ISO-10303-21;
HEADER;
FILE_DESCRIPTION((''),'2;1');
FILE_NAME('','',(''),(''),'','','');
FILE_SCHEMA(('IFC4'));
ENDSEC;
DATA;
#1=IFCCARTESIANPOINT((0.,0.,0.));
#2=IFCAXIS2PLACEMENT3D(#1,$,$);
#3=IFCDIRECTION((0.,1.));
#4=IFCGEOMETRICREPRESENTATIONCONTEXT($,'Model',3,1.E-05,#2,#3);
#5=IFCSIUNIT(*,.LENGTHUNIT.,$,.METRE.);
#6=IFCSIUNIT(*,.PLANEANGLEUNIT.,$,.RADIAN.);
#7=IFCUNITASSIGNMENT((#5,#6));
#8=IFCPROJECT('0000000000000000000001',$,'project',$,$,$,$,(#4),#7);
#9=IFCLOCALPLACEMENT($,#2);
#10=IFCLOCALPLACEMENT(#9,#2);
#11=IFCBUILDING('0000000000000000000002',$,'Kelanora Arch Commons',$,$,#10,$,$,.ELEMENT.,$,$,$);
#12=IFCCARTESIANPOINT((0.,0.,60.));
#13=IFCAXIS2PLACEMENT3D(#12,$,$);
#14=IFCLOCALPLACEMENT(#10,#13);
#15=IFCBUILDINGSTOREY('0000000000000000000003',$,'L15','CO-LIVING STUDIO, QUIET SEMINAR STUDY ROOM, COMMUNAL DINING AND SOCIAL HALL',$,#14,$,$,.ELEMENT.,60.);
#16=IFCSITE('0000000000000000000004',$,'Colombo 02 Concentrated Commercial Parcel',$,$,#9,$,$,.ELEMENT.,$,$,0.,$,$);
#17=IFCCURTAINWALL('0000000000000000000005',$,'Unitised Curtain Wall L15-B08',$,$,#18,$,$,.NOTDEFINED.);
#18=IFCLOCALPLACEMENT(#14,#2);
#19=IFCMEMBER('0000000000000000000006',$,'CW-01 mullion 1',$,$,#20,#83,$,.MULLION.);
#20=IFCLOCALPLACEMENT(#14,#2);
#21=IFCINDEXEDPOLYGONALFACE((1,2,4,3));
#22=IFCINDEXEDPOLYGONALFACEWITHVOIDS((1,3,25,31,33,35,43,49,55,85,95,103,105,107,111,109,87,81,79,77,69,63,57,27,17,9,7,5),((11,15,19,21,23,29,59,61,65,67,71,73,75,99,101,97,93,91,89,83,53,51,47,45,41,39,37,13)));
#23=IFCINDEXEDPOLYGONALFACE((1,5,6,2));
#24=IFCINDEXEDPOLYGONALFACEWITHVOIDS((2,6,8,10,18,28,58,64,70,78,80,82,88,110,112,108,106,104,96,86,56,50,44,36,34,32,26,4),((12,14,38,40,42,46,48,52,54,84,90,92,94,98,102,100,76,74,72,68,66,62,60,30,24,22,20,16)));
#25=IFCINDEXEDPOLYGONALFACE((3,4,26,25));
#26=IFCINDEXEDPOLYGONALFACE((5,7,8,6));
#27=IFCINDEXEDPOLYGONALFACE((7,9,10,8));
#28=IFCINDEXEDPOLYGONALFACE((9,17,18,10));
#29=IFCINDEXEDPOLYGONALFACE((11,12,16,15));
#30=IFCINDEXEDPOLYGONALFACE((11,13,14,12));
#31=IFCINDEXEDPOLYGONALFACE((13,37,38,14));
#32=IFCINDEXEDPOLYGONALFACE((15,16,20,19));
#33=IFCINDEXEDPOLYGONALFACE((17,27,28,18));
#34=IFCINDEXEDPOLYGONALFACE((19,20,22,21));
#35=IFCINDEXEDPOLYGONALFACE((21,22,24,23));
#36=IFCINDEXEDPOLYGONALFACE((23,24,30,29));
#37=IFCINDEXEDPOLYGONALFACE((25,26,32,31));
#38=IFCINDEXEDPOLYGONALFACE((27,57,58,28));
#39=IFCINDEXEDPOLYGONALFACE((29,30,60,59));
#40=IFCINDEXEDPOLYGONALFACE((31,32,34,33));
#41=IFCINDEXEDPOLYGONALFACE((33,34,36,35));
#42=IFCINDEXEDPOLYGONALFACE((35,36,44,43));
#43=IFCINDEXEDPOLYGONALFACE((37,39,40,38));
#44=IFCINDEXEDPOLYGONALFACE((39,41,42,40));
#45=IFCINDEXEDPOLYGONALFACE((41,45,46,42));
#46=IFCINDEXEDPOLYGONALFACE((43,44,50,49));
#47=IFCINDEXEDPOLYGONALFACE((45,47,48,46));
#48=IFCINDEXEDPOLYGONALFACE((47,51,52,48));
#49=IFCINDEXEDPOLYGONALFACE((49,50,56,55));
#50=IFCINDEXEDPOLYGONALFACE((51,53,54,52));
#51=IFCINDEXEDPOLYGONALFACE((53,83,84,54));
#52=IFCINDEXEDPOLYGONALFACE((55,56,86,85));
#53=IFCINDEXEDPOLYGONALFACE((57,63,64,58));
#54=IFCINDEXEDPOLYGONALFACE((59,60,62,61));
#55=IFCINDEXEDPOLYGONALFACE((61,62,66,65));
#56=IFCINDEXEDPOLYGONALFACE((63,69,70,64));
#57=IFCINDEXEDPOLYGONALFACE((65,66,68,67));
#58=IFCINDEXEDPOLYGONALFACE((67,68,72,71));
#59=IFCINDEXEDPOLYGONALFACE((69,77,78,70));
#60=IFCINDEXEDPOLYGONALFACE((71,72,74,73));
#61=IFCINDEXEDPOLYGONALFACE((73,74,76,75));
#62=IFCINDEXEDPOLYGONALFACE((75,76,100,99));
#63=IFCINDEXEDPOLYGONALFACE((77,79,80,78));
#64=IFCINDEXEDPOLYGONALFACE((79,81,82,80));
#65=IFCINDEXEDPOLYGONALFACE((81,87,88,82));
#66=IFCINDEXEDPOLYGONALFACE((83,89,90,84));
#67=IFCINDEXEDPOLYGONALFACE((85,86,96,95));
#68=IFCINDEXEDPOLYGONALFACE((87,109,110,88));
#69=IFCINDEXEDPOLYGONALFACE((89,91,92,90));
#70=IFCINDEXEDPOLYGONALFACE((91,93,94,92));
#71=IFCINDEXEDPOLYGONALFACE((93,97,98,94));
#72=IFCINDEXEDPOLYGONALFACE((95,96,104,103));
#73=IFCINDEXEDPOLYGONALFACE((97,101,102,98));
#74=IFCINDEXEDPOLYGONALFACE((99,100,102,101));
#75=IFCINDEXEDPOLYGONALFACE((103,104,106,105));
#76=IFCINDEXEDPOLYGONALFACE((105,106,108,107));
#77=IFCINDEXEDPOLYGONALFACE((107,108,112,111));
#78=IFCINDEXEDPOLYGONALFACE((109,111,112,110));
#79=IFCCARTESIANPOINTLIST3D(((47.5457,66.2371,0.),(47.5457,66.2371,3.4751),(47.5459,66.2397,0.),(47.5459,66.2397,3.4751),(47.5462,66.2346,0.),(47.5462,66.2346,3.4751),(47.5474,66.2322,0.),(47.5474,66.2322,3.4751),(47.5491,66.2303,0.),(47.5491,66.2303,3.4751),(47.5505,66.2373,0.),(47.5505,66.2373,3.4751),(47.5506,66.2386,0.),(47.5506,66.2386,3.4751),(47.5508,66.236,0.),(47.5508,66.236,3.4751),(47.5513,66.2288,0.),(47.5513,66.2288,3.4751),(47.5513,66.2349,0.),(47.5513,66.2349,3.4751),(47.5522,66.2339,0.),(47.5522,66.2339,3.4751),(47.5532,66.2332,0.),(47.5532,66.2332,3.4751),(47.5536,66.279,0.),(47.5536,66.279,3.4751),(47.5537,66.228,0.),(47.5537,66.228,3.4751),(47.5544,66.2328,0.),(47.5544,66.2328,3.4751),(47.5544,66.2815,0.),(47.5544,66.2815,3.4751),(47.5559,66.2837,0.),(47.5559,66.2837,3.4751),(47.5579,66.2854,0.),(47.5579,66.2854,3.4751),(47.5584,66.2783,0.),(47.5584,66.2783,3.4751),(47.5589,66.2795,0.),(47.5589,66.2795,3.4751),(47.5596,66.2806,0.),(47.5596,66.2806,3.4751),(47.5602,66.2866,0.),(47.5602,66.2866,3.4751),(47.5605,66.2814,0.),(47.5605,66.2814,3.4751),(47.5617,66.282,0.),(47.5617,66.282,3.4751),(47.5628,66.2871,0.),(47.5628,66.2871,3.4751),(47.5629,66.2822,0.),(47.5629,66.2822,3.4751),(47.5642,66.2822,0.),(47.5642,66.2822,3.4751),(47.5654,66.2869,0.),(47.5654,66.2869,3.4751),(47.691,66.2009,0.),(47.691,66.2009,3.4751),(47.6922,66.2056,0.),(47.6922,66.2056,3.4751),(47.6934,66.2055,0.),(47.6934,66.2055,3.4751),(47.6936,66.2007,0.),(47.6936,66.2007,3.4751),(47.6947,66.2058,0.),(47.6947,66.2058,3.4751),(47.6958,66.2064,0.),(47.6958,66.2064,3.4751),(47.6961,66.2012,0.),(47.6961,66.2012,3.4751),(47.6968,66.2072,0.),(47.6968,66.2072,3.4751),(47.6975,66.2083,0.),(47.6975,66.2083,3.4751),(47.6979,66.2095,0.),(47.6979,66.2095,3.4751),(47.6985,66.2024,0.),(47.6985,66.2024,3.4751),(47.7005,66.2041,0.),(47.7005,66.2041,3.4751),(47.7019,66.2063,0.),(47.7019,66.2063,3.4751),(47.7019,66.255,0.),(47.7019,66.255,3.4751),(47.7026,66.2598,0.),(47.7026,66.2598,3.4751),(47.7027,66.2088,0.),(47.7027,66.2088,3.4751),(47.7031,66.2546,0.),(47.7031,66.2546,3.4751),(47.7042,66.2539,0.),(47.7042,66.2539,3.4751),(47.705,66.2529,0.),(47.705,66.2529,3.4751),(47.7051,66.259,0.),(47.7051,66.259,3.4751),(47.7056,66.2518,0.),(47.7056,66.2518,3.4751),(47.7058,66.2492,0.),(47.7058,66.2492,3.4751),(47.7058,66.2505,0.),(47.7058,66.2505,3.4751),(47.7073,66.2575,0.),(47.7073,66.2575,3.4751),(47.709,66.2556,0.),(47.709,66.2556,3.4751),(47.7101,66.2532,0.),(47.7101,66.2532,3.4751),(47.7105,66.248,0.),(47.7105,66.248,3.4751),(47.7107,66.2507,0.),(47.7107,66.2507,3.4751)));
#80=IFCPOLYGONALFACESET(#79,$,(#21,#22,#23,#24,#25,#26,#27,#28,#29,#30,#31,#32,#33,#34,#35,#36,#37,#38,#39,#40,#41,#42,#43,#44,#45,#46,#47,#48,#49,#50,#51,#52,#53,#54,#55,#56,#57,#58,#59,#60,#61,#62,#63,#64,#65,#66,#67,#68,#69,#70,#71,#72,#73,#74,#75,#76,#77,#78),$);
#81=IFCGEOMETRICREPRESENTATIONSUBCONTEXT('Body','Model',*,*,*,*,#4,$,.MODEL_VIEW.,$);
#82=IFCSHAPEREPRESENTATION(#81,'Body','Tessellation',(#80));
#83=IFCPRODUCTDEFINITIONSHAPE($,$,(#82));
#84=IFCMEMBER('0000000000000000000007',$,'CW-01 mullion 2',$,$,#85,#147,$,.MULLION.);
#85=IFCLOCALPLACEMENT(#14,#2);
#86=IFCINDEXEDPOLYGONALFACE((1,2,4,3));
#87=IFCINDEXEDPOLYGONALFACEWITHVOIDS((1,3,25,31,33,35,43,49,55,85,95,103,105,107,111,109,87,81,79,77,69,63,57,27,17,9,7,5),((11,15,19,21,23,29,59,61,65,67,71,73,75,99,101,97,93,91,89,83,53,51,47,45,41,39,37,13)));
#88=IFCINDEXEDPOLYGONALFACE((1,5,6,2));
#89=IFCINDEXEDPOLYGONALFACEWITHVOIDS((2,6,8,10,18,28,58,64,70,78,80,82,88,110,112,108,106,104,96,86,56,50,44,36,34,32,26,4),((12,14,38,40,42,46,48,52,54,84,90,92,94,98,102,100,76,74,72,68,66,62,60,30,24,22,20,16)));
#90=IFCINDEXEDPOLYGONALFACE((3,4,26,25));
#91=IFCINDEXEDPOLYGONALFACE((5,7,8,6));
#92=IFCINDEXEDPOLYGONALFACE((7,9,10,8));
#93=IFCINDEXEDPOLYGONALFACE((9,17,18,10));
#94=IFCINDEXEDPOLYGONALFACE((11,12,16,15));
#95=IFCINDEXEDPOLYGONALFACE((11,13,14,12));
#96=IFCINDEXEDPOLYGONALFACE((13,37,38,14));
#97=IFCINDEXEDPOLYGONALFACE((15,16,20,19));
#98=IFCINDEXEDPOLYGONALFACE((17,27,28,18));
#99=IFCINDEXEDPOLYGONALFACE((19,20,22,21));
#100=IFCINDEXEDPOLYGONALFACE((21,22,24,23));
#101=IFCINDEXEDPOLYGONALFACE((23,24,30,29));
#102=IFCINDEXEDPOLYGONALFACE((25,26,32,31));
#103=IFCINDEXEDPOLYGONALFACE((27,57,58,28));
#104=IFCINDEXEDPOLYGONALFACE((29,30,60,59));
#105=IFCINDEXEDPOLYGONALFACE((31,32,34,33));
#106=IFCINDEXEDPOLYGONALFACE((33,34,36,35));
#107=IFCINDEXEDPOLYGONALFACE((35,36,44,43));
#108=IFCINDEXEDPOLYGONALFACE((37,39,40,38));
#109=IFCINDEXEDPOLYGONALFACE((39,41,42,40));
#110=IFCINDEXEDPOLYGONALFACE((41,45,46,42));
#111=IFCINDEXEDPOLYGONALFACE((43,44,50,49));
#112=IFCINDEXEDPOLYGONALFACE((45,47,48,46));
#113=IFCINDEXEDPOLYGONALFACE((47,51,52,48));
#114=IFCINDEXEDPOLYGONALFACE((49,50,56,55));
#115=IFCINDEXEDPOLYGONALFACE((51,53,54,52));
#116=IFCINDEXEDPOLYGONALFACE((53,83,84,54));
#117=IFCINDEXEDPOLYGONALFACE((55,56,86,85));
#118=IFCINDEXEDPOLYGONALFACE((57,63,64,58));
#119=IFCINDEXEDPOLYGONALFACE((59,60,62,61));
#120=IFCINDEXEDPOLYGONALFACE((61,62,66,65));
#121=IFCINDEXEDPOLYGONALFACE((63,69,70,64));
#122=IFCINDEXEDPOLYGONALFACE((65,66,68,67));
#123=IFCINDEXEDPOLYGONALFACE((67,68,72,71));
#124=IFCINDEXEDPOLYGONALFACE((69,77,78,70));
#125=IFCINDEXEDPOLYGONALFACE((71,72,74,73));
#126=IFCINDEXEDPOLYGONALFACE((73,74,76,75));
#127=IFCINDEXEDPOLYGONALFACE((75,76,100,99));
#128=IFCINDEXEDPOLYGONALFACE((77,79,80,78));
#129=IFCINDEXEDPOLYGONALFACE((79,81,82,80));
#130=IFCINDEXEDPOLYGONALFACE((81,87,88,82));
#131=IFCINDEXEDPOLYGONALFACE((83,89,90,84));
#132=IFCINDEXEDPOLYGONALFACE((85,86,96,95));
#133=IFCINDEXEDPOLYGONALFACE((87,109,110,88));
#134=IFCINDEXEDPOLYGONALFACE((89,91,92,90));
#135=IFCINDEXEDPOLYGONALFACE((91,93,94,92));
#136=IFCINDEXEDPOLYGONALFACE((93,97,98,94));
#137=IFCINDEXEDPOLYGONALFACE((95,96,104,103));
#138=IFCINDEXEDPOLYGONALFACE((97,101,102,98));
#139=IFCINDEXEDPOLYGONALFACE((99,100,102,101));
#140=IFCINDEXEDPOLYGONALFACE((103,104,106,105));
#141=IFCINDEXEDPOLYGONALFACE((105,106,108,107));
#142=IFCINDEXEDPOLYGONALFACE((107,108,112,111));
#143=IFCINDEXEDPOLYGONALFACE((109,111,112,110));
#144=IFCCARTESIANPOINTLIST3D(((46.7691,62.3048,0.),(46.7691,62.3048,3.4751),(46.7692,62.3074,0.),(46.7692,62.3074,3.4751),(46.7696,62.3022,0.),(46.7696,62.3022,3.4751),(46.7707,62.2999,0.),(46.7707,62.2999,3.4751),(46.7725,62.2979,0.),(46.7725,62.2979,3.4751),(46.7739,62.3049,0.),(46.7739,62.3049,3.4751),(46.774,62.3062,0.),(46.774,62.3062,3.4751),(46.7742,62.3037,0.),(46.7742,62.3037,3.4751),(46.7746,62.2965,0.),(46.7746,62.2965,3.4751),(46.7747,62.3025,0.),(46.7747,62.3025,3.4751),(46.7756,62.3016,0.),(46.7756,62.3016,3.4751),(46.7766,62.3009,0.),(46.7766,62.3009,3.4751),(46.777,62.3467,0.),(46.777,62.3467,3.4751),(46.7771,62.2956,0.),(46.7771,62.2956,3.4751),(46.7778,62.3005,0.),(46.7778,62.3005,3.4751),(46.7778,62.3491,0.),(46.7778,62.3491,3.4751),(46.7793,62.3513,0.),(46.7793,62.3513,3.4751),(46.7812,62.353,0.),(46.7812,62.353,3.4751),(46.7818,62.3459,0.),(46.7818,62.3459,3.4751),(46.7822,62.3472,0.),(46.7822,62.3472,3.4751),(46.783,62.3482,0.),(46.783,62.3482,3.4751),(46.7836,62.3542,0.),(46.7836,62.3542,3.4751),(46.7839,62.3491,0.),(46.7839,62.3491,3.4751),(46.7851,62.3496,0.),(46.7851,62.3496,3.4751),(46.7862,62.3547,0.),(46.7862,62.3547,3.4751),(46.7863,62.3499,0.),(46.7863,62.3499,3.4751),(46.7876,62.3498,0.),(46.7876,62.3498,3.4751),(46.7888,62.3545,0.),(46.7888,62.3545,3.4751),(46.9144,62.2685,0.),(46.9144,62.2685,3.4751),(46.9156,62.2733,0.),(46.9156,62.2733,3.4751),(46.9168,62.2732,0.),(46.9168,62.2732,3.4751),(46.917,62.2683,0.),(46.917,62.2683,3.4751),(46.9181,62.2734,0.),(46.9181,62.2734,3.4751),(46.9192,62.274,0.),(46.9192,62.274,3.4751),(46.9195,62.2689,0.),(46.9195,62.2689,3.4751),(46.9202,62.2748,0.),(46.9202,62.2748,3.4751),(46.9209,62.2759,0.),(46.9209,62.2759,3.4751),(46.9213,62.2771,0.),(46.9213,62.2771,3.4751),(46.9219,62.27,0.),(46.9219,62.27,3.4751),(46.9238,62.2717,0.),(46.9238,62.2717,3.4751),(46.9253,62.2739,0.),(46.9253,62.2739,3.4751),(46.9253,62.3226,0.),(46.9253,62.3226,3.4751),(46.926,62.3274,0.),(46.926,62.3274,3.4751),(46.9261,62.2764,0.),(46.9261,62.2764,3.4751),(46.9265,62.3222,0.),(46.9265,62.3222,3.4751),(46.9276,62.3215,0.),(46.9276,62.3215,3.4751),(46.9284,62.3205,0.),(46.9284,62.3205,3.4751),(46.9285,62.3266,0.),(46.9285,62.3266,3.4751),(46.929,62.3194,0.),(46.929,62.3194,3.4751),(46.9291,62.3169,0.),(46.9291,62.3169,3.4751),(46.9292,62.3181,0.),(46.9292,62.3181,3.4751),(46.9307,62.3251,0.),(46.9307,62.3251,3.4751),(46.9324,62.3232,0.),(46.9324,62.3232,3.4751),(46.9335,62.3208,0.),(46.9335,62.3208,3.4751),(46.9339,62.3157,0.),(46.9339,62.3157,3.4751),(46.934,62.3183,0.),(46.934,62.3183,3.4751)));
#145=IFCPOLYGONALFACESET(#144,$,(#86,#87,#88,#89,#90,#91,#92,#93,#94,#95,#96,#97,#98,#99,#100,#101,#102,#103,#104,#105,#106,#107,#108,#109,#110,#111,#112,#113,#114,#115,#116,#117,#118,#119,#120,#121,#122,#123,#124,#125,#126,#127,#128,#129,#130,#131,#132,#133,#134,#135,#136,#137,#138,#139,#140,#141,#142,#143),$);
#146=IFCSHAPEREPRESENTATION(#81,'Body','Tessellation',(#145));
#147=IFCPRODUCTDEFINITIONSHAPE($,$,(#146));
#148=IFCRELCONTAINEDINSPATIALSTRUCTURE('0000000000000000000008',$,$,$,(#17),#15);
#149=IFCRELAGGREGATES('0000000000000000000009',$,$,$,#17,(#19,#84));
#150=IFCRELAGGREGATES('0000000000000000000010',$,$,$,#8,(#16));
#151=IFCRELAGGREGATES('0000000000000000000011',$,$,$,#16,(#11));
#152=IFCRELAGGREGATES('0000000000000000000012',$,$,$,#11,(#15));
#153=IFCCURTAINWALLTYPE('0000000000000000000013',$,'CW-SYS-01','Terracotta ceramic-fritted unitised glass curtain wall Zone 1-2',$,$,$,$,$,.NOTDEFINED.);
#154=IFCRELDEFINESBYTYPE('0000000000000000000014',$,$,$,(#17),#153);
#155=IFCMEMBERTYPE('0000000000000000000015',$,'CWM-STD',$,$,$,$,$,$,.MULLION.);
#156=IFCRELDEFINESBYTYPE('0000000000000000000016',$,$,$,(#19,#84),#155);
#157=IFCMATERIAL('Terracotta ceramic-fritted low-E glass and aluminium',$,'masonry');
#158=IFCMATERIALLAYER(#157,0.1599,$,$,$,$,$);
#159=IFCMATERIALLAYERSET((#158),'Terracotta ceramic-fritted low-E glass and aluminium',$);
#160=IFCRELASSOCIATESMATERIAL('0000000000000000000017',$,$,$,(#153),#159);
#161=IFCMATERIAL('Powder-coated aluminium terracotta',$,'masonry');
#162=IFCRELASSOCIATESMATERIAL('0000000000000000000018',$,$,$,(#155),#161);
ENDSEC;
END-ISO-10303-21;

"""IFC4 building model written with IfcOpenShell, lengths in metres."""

from ifc_helpers import new_model, si_unit, direction, frame, origin, origin_2d, place, context, subcontext, project, spatial, hollow_rectangle, extrude, material, layer, layer_set, material_profile, profile_set, type_object, element, aggregate, save


model = new_model("IFC4")

# Units and contexts
model_context = context("Model", 3, precision=1e-05, world=origin(), true_north=direction((0.0, 1.0)))
body_context = subcontext(model_context, "Body", "Model", "MODEL_VIEW")
ifc_project = project(units=[si_unit("LENGTHUNIT", "METRE"), si_unit("PLANEANGLEUNIT", "RADIAN")], contexts=[model_context])

# Site, building, storey
site_placement = place(None, origin())
site = spatial("IfcSite", under=ifc_project, at=site_placement, Name="Colombo 02 Concentrated Commercial Parcel", CompositionType="ELEMENT", RefElevation=0.0)
building_placement = place(site_placement, origin())
building = spatial("IfcBuilding", under=site, at=building_placement, Name="Kelanora Arch Commons", CompositionType="ELEMENT")
storey_placement = place(building_placement, frame((0.0, 0.0, 60.0)))
storey = spatial("IfcBuildingStorey", under=building, at=storey_placement, Name="L15", Description="CO-LIVING STUDIO, QUIET SEMINAR STUDY ROOM, COMMUNAL DINING AND SOCIAL HALL", CompositionType="ELEMENT", Elevation=60.0)

# Curtain wall, members
ifc_material_1 = material(Name="Terracotta ceramic-fritted low-E glass and aluminium", Category="masonry")
ifc_layer_1 = layer(ifc_material_1, 0.1599)
ifc_layer_set_1 = layer_set([ifc_layer_1], Name="Terracotta ceramic-fritted low-E glass and aluminium")
curtain_wall_type = type_object("IfcCurtainWallType", Name="CW-SYS-01", Description="Terracotta ceramic-fritted unitised glass curtain wall Zone 1-2", PredefinedType="NOTDEFINED", material=ifc_layer_set_1)
curtain_wall_placement = place(storey_placement, origin())
curtain_wall = element("IfcCurtainWall", 1, at=curtain_wall_placement, inside=storey, type_object=curtain_wall_type, Name="Unitised Curtain Wall L15-B08", PredefinedType="NOTDEFINED")
ifc_material_2 = material(Name="Powder-coated aluminium terracotta", Category="masonry")
ifc_material_profile_1 = material_profile(ifc_material_2, hollow_rectangle(XDim=0.1599, YDim=0.0601, WallThickness=0.0049, InnerFilletRadius=0.0049, OuterFilletRadius=0.01, at=origin_2d()), Name="CWM160x60")
ifc_profile_set_1 = profile_set([ifc_material_profile_1], Name="Powder-coated aluminium terracotta")
member_type_1 = type_object("IfcMemberType", Name="CWM-STD", PredefinedType="MULLION", material=ifc_profile_set_1)
member_1_placement = place(storey_placement, frame((47.6282, 66.2439, 0.0), z_axis=(0.0, 0.0, 1.0), x_axis=(0.981052, -0.193744, 0.0)))
member_1 = element("IfcMember", 2, at=member_1_placement, type_object=member_type_1, Name="CW-01 mullion 1", PredefinedType="MULLION", context=body_context, shape_type="SweptSolid", body=[
    extrude(hollow_rectangle(XDim=0.1599, YDim=0.0601, WallThickness=0.0049, InnerFilletRadius=0.0049, OuterFilletRadius=0.01, at=origin_2d()), origin(), (0.0, 0.0, 1.0), 3.4751),
])
member_2_placement = place(storey_placement, frame((46.8516, 62.3115, 0.0), z_axis=(0.0, 0.0, 1.0), x_axis=(0.981052, -0.193744, 0.0)))
member_2 = element("IfcMember", 3, at=member_2_placement, type_object=member_type_1, Name="CW-01 mullion 2", PredefinedType="MULLION", context=body_context, shape_type="SweptSolid", body=[
    extrude(hollow_rectangle(XDim=0.1599, YDim=0.0601, WallThickness=0.0049, InnerFilletRadius=0.0049, OuterFilletRadius=0.01, at=origin_2d()), origin(), (0.0, 0.0, 1.0), 3.4751),
])
aggregate(curtain_wall, [member_1, member_2])

save(model, "model.ifc")
